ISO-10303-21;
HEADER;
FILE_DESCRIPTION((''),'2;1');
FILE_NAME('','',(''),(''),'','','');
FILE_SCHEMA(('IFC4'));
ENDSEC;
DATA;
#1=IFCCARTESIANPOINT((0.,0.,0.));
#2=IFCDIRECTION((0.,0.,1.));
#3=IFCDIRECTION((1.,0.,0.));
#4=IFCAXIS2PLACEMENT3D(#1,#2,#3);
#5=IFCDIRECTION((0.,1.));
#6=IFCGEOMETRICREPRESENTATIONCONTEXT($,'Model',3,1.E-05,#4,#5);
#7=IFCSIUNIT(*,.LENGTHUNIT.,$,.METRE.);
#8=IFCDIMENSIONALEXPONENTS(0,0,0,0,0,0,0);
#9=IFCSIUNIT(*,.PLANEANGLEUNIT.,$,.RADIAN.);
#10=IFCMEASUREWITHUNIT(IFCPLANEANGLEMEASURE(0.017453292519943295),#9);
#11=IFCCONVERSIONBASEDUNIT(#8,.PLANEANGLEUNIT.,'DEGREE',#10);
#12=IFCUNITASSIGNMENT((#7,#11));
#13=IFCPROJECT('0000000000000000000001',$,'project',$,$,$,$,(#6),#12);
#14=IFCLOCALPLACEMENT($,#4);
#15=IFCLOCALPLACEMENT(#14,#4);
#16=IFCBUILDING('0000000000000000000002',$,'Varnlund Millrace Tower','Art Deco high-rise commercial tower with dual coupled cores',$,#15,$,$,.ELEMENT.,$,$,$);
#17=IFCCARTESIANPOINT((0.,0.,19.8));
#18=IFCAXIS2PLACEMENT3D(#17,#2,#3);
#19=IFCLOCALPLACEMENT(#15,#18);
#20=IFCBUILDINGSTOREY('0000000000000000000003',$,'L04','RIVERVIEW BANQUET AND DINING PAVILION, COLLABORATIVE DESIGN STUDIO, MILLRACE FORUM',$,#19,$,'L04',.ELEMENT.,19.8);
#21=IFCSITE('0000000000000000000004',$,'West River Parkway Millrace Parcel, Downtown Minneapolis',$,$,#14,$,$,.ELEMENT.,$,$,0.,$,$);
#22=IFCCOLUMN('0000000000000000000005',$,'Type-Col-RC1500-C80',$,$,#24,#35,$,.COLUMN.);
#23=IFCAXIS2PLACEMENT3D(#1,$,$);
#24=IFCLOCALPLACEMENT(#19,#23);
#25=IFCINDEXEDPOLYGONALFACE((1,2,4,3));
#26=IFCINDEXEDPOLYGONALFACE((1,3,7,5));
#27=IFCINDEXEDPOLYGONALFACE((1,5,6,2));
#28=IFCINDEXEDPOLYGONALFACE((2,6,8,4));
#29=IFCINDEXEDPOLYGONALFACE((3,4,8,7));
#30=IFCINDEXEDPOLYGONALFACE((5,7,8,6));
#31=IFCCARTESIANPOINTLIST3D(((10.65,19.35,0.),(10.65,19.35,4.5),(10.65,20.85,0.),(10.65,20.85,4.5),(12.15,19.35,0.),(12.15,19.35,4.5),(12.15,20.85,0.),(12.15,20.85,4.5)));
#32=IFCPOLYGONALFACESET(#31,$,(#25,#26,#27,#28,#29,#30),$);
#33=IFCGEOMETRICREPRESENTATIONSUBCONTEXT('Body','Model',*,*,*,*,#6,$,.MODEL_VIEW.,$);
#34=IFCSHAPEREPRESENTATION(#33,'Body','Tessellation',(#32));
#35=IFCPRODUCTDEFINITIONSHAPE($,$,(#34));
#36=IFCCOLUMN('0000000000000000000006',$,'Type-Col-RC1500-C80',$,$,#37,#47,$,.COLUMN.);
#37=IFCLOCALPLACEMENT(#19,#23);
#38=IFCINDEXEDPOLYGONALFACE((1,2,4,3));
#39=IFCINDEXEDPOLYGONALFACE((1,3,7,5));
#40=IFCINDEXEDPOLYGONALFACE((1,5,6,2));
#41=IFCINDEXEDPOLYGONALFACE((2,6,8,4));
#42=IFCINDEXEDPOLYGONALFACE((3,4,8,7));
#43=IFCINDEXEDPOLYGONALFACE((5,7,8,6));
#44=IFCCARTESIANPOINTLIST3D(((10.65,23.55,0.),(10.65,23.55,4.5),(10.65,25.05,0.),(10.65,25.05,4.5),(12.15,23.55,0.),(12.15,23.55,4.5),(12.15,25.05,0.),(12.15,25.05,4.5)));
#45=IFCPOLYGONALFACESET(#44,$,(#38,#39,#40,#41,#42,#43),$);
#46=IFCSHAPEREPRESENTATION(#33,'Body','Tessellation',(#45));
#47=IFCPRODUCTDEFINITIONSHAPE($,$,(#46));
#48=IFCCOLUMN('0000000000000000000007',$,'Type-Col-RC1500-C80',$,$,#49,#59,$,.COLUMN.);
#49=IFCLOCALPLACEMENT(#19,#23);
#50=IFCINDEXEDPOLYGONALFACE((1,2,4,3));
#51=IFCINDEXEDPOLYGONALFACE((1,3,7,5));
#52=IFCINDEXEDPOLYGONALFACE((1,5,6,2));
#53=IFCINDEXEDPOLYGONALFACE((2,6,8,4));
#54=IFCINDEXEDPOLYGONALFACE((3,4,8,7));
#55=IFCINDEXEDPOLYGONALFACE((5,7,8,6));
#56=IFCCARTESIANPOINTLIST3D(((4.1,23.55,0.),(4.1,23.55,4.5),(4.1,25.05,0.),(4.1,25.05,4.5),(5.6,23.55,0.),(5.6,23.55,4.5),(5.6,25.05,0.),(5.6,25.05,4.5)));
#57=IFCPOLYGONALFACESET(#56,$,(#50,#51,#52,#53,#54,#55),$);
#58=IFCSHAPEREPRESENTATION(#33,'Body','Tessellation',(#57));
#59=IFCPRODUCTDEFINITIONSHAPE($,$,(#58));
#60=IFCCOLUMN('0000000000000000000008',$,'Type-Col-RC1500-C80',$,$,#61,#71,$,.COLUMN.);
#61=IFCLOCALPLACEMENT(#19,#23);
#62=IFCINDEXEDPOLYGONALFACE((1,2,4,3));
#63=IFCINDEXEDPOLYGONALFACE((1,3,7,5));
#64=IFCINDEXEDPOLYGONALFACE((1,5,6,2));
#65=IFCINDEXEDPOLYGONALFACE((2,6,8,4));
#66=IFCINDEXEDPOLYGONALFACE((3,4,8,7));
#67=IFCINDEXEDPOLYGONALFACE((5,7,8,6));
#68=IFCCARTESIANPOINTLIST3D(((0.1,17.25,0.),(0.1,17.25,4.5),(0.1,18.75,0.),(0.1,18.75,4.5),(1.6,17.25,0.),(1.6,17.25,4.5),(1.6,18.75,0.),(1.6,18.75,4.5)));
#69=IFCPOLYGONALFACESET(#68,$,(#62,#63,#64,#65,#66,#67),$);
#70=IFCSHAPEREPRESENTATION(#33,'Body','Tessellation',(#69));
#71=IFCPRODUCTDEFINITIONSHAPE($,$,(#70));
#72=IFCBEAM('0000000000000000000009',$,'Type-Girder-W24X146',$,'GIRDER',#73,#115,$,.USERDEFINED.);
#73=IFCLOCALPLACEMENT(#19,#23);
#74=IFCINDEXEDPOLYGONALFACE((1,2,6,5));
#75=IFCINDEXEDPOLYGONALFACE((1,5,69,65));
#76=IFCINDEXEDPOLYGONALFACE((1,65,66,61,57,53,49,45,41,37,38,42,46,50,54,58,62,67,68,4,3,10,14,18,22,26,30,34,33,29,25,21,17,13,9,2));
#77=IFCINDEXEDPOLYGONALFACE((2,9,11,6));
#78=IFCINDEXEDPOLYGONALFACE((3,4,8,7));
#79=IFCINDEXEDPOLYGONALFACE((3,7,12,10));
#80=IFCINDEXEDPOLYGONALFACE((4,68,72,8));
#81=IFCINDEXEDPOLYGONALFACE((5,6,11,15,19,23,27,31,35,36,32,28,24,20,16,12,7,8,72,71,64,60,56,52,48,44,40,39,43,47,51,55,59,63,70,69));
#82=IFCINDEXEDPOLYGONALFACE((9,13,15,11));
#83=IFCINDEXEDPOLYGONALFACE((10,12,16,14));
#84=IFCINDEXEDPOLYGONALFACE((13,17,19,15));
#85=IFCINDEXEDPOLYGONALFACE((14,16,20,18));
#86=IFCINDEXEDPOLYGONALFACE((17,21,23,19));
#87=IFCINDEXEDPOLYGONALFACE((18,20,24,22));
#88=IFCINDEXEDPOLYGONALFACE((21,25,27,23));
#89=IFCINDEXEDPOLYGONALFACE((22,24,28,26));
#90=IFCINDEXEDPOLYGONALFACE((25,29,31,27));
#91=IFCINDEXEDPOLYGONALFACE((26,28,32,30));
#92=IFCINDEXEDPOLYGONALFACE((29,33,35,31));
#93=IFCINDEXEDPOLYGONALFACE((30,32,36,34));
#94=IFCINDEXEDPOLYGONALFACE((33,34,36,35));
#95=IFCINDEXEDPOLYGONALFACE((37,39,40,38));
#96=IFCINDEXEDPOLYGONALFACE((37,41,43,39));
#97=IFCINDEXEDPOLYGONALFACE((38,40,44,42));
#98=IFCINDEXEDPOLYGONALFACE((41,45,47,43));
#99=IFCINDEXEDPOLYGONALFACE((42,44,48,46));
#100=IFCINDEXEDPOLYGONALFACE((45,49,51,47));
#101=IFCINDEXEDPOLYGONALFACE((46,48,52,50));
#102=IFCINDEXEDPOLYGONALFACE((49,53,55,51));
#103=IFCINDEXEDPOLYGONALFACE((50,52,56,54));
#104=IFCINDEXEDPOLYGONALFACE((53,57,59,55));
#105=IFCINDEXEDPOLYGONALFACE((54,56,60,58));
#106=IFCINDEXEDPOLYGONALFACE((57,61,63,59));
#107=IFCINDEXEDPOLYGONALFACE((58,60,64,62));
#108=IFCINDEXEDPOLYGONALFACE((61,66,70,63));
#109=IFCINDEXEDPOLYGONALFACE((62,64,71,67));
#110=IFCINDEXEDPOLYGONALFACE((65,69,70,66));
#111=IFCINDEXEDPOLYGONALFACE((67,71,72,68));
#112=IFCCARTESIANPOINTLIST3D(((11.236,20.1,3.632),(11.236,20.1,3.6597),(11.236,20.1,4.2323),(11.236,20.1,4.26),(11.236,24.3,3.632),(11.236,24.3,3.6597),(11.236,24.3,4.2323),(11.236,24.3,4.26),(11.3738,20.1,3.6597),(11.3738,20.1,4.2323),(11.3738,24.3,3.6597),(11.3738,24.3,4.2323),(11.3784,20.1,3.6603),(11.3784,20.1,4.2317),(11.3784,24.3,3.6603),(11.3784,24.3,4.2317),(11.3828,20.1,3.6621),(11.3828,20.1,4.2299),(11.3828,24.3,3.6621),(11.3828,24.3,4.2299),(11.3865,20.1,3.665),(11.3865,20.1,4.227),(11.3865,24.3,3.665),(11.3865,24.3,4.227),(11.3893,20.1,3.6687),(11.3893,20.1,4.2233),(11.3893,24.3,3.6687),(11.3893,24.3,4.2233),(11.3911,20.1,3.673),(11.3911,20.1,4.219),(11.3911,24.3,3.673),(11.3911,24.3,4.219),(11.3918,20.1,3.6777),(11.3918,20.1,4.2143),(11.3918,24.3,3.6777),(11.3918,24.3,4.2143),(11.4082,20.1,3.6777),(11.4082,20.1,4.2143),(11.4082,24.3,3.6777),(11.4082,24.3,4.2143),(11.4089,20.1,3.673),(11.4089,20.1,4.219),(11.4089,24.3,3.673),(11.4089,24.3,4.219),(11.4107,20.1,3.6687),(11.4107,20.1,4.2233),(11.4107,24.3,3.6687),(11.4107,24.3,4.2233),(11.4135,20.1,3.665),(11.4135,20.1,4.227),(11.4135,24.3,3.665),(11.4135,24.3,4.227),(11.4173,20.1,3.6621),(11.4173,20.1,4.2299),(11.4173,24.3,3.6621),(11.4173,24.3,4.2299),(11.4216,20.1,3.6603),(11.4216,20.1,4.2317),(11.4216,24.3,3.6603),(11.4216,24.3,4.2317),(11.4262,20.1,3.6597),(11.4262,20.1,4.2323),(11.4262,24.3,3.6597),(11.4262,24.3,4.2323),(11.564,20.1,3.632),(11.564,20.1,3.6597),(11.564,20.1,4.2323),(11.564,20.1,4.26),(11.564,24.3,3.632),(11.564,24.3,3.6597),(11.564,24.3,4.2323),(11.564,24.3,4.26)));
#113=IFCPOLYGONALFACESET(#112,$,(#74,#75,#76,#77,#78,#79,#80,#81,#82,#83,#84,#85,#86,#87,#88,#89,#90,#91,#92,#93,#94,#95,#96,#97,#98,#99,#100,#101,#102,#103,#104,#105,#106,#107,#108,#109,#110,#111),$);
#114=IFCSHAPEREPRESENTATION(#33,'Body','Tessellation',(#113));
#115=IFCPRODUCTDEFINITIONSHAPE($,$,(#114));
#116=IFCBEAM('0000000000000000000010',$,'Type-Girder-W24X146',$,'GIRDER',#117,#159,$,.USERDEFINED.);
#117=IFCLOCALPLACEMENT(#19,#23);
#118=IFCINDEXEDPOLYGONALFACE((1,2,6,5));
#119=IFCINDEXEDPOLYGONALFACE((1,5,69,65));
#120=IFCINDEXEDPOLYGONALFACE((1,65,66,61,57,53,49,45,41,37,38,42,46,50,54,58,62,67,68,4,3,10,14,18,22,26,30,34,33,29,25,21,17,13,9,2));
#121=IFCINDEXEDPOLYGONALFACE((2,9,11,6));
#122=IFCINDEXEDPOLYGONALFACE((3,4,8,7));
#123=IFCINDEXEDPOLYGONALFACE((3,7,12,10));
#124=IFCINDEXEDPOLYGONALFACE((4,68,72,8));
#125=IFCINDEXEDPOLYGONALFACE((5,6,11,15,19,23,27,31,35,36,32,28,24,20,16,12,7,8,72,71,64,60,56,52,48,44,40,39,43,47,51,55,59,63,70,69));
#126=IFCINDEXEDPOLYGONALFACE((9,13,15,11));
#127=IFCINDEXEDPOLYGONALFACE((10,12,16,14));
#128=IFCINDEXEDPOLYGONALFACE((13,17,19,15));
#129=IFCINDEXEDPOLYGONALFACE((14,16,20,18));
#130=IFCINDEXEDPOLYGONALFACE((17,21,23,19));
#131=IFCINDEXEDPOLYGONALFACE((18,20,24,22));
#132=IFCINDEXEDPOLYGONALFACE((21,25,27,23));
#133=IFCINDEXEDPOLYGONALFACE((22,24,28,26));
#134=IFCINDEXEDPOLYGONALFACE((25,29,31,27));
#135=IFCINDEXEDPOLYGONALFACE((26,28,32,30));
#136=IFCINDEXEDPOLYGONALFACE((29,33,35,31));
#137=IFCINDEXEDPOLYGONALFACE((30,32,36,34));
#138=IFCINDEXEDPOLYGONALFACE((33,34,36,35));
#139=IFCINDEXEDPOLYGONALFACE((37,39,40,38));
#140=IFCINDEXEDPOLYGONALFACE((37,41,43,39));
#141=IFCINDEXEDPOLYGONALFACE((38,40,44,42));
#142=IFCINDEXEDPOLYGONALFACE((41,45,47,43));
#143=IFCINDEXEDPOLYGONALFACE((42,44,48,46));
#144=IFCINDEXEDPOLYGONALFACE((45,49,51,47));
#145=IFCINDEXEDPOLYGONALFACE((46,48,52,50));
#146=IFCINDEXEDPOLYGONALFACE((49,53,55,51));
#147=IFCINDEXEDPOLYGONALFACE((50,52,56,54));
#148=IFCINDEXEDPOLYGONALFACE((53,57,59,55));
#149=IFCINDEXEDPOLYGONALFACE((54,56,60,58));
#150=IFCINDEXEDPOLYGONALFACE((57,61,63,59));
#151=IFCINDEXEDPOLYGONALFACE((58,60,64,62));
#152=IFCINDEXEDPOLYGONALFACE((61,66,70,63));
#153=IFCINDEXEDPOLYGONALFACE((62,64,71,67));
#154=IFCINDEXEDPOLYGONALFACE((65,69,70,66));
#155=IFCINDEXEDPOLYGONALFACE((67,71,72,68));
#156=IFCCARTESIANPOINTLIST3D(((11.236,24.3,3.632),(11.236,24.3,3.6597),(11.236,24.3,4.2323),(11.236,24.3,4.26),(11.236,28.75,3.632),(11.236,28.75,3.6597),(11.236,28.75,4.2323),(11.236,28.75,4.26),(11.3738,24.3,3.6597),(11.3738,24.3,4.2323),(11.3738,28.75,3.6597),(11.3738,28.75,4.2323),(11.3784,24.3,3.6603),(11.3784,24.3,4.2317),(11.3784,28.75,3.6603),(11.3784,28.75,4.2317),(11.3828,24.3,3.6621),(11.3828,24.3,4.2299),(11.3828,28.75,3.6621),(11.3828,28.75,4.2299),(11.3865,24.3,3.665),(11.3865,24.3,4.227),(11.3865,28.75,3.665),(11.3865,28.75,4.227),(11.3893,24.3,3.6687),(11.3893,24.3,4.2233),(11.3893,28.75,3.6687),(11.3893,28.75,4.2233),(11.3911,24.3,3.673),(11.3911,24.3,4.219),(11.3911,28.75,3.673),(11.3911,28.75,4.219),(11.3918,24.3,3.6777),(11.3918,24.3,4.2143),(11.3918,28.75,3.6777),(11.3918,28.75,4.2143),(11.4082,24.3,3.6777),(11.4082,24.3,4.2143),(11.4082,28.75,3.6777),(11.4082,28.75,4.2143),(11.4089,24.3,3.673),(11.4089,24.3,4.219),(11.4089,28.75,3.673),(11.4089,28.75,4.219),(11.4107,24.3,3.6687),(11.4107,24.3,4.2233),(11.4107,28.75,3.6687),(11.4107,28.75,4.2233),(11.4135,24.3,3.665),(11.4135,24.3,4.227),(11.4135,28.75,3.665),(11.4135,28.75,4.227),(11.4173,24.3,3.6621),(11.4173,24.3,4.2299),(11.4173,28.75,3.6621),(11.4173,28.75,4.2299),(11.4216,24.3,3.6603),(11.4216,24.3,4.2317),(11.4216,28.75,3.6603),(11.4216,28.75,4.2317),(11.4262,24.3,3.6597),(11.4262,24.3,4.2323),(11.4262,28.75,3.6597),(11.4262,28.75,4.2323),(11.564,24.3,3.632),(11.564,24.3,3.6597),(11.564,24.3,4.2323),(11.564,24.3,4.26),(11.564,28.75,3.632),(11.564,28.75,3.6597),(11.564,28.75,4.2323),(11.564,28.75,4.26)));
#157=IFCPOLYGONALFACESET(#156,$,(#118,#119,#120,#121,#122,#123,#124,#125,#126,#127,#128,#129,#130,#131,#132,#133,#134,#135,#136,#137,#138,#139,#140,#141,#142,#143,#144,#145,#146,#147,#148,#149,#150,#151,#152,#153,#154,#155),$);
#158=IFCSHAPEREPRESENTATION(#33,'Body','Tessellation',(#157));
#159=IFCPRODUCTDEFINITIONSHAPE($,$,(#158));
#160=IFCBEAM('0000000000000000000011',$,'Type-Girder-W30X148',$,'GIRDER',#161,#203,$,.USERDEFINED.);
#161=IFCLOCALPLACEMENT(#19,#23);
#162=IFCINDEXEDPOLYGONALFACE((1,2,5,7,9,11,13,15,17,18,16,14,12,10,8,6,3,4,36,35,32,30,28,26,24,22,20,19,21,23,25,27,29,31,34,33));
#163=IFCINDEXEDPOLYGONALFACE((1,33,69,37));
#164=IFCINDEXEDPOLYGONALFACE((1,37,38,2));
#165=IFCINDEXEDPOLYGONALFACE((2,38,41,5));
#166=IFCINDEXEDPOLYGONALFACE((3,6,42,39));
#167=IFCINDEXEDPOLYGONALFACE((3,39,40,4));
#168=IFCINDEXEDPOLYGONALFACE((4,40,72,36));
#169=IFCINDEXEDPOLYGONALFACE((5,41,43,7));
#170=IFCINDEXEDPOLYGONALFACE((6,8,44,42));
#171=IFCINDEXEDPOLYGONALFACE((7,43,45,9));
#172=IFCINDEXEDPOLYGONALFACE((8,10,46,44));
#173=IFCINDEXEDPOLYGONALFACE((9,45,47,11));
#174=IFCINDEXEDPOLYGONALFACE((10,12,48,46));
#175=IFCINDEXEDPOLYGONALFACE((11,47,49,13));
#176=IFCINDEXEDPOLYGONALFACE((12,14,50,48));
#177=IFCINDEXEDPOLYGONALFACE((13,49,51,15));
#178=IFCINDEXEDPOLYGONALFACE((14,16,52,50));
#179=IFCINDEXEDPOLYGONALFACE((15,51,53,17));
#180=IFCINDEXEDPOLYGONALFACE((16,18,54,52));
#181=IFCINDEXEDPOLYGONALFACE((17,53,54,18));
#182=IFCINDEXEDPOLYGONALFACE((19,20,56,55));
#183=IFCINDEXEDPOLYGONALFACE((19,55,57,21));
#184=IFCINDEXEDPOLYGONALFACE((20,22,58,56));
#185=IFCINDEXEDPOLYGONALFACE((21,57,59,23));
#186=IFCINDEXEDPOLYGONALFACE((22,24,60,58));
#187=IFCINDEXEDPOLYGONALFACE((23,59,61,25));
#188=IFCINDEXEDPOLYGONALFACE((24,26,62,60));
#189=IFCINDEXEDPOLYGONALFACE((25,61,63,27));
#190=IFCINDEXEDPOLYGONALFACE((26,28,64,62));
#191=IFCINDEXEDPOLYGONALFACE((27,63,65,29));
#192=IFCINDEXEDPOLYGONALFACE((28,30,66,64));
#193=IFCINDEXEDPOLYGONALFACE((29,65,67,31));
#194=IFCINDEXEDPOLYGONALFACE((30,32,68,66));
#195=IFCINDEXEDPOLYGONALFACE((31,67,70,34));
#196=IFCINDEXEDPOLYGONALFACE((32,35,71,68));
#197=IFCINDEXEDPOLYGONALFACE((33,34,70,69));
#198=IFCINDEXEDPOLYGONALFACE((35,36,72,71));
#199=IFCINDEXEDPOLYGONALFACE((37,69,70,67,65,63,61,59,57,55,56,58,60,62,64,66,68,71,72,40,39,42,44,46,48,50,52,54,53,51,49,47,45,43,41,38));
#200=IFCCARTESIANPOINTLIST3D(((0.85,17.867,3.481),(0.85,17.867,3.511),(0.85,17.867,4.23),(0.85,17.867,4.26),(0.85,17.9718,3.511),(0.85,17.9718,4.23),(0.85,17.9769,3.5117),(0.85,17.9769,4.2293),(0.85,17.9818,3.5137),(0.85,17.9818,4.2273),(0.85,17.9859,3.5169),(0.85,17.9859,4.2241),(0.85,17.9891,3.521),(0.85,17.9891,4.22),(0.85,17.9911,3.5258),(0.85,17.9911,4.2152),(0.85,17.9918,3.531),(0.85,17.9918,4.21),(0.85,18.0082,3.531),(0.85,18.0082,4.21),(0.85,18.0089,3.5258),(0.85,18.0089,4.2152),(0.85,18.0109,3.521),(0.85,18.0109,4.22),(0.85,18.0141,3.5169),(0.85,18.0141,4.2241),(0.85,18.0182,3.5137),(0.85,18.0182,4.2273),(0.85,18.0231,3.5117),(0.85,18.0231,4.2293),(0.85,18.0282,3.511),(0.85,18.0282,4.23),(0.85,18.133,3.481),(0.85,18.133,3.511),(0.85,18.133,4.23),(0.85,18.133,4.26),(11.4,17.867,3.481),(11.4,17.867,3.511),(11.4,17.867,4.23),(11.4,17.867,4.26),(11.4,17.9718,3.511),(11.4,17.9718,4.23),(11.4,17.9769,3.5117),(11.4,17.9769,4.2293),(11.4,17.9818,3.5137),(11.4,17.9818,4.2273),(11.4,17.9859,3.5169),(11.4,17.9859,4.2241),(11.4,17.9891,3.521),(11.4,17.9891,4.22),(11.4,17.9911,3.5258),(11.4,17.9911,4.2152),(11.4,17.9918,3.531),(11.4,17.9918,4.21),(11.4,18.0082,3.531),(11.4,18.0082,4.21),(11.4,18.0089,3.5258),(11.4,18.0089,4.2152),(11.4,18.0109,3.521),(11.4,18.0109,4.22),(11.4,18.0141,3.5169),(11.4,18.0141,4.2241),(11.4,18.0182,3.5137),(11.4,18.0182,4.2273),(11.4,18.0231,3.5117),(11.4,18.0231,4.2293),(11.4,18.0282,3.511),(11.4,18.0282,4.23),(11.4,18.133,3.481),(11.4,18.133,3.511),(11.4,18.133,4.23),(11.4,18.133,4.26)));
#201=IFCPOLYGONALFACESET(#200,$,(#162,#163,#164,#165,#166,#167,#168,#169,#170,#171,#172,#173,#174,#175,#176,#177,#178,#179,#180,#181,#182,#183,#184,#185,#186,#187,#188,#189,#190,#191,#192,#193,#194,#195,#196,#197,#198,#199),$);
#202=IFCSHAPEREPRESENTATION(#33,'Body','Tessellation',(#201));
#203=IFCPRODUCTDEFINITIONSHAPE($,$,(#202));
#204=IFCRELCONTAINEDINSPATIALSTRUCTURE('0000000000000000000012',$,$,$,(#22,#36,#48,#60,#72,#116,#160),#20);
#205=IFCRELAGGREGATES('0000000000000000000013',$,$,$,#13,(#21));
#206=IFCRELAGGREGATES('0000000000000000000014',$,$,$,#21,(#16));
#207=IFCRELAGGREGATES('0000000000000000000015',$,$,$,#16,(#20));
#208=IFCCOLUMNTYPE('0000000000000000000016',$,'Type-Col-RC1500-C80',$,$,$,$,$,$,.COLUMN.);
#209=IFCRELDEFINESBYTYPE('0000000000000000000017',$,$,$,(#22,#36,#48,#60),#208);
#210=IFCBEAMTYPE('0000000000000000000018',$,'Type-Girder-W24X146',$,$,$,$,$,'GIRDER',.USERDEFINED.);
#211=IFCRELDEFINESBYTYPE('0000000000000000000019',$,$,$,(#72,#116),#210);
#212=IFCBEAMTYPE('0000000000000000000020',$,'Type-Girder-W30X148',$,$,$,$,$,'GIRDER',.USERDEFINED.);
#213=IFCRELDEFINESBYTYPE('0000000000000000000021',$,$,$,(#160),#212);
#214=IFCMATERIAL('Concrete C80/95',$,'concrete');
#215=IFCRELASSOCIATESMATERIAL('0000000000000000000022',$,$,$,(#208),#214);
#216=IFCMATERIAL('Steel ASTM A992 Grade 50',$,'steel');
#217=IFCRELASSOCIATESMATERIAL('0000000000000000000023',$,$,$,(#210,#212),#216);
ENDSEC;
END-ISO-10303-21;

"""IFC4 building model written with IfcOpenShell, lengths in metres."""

from ifc_helpers import new_model, entity, si_unit, converted_unit, direction, frame, origin_with_axes, origin_2d_with_axis, place, context, subcontext, project, spatial, rectangle, i_section, extrude, material, material_profile, profile_set, type_object, element, save


model = new_model("IFC4")

# Units and contexts
model_context = context("Model", 3, precision=1e-05, world=origin_with_axes(), true_north=direction((0.0, 1.0)))
body_context = subcontext(model_context, "Body", "Model", "MODEL_VIEW")
ifc_project = project(units=[si_unit("LENGTHUNIT", "METRE"), converted_unit("PLANEANGLEUNIT", "DEGREE", entity("IfcPlaneAngleMeasure", 0.017453292519943295), si_unit("PLANEANGLEUNIT", "RADIAN"), dimensions=[0, 0, 0, 0, 0, 0, 0])], contexts=[model_context])

# Site, building, storey
site_placement = place(None, origin_with_axes())
site = spatial("IfcSite", under=ifc_project, at=site_placement, Name="West River Parkway Millrace Parcel, Downtown Minneapolis", CompositionType="ELEMENT", RefElevation=0.0)
building_placement = place(site_placement, origin_with_axes())
building = spatial("IfcBuilding", under=site, at=building_placement, Name="Varnlund Millrace Tower", Description="Art Deco high-rise commercial tower with dual coupled cores", CompositionType="ELEMENT")
storey_placement = place(building_placement, frame((0.0, 0.0, 19.8), z_axis=(0.0, 0.0, 1.0), x_axis=(1.0, 0.0, 0.0)))
storey = spatial("IfcBuildingStorey", under=building, at=storey_placement, Name="L04", Description="RIVERVIEW BANQUET AND DINING PAVILION, COLLABORATIVE DESIGN STUDIO, MILLRACE FORUM", LongName="L04", CompositionType="ELEMENT", Elevation=19.8)

# Columns
ifc_material_1 = material(Name="Concrete C80/95", Category="concrete")
ifc_material_profile_1 = material_profile(ifc_material_1, rectangle(XDim=1.5, YDim=1.5, at=origin_2d_with_axis()), Name="Concrete C80/95")
ifc_profile_set_1 = profile_set([ifc_material_profile_1], Name="Concrete C80/95")
column_type = type_object("IfcColumnType", Name="Type-Col-RC1500-C80", PredefinedType="COLUMN", material=ifc_profile_set_1)
for number, where, z_axis, x_axis, name in (
    (1, (11.4, 20.1, 0.0), (0.0, 0.0, 1.0), (1.0, 0.0, 0.0), "Type-Col-RC1500-C80"),
    (2, (11.4, 24.3, 0.0), (0.0, 0.0, 1.0), (1.0, 0.0, 0.0), "Type-Col-RC1500-C80"),
    (3, (4.85, 24.3, 0.0), (0.0, 0.0, 1.0), (1.0, 0.0, 0.0), "Type-Col-RC1500-C80"),
    (4, (0.85, 18.0, 0.0), (0.0, 0.0, 1.0), (1.0, 0.0, 0.0), "Type-Col-RC1500-C80"),
):
    element("IfcColumn", number, at=place(storey_placement, frame(where, z_axis=z_axis, x_axis=x_axis)), inside=storey, type_object=column_type, Name=name, PredefinedType="COLUMN", context=body_context, shape_type="SweptSolid", body=[
        extrude(rectangle(XDim=1.5, YDim=1.5, at=origin_2d_with_axis()), origin_with_axes(), (0.0, 0.0, 1.0), 4.5),
    ])

# Beams
ifc_material_2 = material(Name="Steel ASTM A992 Grade 50", Category="steel")
ifc_material_profile_2 = material_profile(ifc_material_2, i_section(OverallWidth=0.328, OverallDepth=0.628, WebThickness=0.0165, FlangeThickness=0.0277, FilletRadius=0.018, at=origin_2d_with_axis()), Name="Steel ASTM A992 Grade 50")
ifc_profile_set_2 = profile_set([ifc_material_profile_2], Name="Steel ASTM A992 Grade 50")
beam_type_1 = type_object("IfcBeamType", Name="Type-Girder-W24X146", ElementType="GIRDER", PredefinedType="USERDEFINED", material=ifc_profile_set_2)
beam_1_placement = place(storey_placement, frame((11.4, 20.1, 3.946), z_axis=(0.0, 1.0, 0.0), x_axis=(-1.0, 0.0, 0.0)))
element("IfcBeam", 5, at=beam_1_placement, inside=storey, type_object=beam_type_1, Name="Type-Girder-W24X146", ObjectType="GIRDER", PredefinedType="USERDEFINED", context=body_context, shape_type="SweptSolid", body=[
    extrude(i_section(OverallWidth=0.328, OverallDepth=0.628, WebThickness=0.0165, FlangeThickness=0.0277, FilletRadius=0.018, at=origin_2d_with_axis()), origin_with_axes(), (0.0, 0.0, 1.0), 4.2),
])
beam_2_placement = place(storey_placement, frame((11.4, 24.3, 3.946), z_axis=(0.0, 1.0, 0.0), x_axis=(-1.0, 0.0, 0.0)))
element("IfcBeam", 6, at=beam_2_placement, inside=storey, type_object=beam_type_1, Name="Type-Girder-W24X146", ObjectType="GIRDER", PredefinedType="USERDEFINED", context=body_context, shape_type="SweptSolid", body=[
    extrude(i_section(OverallWidth=0.328, OverallDepth=0.628, WebThickness=0.0165, FlangeThickness=0.0277, FilletRadius=0.018, at=origin_2d_with_axis()), origin_with_axes(), (0.0, 0.0, 1.0), 4.45),
])
ifc_material_profile_3 = material_profile(ifc_material_2, i_section(OverallWidth=0.266, OverallDepth=0.779, WebThickness=0.0165, FlangeThickness=0.03, FilletRadius=0.02, at=origin_2d_with_axis()), Name="Steel ASTM A992 Grade 50")
ifc_profile_set_3 = profile_set([ifc_material_profile_3], Name="Steel ASTM A992 Grade 50")
beam_type_2 = type_object("IfcBeamType", Name="Type-Girder-W30X148", ElementType="GIRDER", PredefinedType="USERDEFINED", material=ifc_profile_set_3)
beam_3_placement = place(storey_placement, frame((0.85, 18.0, 3.8705), z_axis=(1.0, 0.0, 0.0), x_axis=(0.0, 1.0, 0.0)))
element("IfcBeam", 7, at=beam_3_placement, inside=storey, type_object=beam_type_2, Name="Type-Girder-W30X148", ObjectType="GIRDER", PredefinedType="USERDEFINED", context=body_context, shape_type="SweptSolid", body=[
    extrude(i_section(OverallWidth=0.266, OverallDepth=0.779, WebThickness=0.0165, FlangeThickness=0.03, FilletRadius=0.02, at=origin_2d_with_axis()), origin_with_axes(), (0.0, 0.0, 1.0), 10.55),
])

save(model, "model.ifc")
